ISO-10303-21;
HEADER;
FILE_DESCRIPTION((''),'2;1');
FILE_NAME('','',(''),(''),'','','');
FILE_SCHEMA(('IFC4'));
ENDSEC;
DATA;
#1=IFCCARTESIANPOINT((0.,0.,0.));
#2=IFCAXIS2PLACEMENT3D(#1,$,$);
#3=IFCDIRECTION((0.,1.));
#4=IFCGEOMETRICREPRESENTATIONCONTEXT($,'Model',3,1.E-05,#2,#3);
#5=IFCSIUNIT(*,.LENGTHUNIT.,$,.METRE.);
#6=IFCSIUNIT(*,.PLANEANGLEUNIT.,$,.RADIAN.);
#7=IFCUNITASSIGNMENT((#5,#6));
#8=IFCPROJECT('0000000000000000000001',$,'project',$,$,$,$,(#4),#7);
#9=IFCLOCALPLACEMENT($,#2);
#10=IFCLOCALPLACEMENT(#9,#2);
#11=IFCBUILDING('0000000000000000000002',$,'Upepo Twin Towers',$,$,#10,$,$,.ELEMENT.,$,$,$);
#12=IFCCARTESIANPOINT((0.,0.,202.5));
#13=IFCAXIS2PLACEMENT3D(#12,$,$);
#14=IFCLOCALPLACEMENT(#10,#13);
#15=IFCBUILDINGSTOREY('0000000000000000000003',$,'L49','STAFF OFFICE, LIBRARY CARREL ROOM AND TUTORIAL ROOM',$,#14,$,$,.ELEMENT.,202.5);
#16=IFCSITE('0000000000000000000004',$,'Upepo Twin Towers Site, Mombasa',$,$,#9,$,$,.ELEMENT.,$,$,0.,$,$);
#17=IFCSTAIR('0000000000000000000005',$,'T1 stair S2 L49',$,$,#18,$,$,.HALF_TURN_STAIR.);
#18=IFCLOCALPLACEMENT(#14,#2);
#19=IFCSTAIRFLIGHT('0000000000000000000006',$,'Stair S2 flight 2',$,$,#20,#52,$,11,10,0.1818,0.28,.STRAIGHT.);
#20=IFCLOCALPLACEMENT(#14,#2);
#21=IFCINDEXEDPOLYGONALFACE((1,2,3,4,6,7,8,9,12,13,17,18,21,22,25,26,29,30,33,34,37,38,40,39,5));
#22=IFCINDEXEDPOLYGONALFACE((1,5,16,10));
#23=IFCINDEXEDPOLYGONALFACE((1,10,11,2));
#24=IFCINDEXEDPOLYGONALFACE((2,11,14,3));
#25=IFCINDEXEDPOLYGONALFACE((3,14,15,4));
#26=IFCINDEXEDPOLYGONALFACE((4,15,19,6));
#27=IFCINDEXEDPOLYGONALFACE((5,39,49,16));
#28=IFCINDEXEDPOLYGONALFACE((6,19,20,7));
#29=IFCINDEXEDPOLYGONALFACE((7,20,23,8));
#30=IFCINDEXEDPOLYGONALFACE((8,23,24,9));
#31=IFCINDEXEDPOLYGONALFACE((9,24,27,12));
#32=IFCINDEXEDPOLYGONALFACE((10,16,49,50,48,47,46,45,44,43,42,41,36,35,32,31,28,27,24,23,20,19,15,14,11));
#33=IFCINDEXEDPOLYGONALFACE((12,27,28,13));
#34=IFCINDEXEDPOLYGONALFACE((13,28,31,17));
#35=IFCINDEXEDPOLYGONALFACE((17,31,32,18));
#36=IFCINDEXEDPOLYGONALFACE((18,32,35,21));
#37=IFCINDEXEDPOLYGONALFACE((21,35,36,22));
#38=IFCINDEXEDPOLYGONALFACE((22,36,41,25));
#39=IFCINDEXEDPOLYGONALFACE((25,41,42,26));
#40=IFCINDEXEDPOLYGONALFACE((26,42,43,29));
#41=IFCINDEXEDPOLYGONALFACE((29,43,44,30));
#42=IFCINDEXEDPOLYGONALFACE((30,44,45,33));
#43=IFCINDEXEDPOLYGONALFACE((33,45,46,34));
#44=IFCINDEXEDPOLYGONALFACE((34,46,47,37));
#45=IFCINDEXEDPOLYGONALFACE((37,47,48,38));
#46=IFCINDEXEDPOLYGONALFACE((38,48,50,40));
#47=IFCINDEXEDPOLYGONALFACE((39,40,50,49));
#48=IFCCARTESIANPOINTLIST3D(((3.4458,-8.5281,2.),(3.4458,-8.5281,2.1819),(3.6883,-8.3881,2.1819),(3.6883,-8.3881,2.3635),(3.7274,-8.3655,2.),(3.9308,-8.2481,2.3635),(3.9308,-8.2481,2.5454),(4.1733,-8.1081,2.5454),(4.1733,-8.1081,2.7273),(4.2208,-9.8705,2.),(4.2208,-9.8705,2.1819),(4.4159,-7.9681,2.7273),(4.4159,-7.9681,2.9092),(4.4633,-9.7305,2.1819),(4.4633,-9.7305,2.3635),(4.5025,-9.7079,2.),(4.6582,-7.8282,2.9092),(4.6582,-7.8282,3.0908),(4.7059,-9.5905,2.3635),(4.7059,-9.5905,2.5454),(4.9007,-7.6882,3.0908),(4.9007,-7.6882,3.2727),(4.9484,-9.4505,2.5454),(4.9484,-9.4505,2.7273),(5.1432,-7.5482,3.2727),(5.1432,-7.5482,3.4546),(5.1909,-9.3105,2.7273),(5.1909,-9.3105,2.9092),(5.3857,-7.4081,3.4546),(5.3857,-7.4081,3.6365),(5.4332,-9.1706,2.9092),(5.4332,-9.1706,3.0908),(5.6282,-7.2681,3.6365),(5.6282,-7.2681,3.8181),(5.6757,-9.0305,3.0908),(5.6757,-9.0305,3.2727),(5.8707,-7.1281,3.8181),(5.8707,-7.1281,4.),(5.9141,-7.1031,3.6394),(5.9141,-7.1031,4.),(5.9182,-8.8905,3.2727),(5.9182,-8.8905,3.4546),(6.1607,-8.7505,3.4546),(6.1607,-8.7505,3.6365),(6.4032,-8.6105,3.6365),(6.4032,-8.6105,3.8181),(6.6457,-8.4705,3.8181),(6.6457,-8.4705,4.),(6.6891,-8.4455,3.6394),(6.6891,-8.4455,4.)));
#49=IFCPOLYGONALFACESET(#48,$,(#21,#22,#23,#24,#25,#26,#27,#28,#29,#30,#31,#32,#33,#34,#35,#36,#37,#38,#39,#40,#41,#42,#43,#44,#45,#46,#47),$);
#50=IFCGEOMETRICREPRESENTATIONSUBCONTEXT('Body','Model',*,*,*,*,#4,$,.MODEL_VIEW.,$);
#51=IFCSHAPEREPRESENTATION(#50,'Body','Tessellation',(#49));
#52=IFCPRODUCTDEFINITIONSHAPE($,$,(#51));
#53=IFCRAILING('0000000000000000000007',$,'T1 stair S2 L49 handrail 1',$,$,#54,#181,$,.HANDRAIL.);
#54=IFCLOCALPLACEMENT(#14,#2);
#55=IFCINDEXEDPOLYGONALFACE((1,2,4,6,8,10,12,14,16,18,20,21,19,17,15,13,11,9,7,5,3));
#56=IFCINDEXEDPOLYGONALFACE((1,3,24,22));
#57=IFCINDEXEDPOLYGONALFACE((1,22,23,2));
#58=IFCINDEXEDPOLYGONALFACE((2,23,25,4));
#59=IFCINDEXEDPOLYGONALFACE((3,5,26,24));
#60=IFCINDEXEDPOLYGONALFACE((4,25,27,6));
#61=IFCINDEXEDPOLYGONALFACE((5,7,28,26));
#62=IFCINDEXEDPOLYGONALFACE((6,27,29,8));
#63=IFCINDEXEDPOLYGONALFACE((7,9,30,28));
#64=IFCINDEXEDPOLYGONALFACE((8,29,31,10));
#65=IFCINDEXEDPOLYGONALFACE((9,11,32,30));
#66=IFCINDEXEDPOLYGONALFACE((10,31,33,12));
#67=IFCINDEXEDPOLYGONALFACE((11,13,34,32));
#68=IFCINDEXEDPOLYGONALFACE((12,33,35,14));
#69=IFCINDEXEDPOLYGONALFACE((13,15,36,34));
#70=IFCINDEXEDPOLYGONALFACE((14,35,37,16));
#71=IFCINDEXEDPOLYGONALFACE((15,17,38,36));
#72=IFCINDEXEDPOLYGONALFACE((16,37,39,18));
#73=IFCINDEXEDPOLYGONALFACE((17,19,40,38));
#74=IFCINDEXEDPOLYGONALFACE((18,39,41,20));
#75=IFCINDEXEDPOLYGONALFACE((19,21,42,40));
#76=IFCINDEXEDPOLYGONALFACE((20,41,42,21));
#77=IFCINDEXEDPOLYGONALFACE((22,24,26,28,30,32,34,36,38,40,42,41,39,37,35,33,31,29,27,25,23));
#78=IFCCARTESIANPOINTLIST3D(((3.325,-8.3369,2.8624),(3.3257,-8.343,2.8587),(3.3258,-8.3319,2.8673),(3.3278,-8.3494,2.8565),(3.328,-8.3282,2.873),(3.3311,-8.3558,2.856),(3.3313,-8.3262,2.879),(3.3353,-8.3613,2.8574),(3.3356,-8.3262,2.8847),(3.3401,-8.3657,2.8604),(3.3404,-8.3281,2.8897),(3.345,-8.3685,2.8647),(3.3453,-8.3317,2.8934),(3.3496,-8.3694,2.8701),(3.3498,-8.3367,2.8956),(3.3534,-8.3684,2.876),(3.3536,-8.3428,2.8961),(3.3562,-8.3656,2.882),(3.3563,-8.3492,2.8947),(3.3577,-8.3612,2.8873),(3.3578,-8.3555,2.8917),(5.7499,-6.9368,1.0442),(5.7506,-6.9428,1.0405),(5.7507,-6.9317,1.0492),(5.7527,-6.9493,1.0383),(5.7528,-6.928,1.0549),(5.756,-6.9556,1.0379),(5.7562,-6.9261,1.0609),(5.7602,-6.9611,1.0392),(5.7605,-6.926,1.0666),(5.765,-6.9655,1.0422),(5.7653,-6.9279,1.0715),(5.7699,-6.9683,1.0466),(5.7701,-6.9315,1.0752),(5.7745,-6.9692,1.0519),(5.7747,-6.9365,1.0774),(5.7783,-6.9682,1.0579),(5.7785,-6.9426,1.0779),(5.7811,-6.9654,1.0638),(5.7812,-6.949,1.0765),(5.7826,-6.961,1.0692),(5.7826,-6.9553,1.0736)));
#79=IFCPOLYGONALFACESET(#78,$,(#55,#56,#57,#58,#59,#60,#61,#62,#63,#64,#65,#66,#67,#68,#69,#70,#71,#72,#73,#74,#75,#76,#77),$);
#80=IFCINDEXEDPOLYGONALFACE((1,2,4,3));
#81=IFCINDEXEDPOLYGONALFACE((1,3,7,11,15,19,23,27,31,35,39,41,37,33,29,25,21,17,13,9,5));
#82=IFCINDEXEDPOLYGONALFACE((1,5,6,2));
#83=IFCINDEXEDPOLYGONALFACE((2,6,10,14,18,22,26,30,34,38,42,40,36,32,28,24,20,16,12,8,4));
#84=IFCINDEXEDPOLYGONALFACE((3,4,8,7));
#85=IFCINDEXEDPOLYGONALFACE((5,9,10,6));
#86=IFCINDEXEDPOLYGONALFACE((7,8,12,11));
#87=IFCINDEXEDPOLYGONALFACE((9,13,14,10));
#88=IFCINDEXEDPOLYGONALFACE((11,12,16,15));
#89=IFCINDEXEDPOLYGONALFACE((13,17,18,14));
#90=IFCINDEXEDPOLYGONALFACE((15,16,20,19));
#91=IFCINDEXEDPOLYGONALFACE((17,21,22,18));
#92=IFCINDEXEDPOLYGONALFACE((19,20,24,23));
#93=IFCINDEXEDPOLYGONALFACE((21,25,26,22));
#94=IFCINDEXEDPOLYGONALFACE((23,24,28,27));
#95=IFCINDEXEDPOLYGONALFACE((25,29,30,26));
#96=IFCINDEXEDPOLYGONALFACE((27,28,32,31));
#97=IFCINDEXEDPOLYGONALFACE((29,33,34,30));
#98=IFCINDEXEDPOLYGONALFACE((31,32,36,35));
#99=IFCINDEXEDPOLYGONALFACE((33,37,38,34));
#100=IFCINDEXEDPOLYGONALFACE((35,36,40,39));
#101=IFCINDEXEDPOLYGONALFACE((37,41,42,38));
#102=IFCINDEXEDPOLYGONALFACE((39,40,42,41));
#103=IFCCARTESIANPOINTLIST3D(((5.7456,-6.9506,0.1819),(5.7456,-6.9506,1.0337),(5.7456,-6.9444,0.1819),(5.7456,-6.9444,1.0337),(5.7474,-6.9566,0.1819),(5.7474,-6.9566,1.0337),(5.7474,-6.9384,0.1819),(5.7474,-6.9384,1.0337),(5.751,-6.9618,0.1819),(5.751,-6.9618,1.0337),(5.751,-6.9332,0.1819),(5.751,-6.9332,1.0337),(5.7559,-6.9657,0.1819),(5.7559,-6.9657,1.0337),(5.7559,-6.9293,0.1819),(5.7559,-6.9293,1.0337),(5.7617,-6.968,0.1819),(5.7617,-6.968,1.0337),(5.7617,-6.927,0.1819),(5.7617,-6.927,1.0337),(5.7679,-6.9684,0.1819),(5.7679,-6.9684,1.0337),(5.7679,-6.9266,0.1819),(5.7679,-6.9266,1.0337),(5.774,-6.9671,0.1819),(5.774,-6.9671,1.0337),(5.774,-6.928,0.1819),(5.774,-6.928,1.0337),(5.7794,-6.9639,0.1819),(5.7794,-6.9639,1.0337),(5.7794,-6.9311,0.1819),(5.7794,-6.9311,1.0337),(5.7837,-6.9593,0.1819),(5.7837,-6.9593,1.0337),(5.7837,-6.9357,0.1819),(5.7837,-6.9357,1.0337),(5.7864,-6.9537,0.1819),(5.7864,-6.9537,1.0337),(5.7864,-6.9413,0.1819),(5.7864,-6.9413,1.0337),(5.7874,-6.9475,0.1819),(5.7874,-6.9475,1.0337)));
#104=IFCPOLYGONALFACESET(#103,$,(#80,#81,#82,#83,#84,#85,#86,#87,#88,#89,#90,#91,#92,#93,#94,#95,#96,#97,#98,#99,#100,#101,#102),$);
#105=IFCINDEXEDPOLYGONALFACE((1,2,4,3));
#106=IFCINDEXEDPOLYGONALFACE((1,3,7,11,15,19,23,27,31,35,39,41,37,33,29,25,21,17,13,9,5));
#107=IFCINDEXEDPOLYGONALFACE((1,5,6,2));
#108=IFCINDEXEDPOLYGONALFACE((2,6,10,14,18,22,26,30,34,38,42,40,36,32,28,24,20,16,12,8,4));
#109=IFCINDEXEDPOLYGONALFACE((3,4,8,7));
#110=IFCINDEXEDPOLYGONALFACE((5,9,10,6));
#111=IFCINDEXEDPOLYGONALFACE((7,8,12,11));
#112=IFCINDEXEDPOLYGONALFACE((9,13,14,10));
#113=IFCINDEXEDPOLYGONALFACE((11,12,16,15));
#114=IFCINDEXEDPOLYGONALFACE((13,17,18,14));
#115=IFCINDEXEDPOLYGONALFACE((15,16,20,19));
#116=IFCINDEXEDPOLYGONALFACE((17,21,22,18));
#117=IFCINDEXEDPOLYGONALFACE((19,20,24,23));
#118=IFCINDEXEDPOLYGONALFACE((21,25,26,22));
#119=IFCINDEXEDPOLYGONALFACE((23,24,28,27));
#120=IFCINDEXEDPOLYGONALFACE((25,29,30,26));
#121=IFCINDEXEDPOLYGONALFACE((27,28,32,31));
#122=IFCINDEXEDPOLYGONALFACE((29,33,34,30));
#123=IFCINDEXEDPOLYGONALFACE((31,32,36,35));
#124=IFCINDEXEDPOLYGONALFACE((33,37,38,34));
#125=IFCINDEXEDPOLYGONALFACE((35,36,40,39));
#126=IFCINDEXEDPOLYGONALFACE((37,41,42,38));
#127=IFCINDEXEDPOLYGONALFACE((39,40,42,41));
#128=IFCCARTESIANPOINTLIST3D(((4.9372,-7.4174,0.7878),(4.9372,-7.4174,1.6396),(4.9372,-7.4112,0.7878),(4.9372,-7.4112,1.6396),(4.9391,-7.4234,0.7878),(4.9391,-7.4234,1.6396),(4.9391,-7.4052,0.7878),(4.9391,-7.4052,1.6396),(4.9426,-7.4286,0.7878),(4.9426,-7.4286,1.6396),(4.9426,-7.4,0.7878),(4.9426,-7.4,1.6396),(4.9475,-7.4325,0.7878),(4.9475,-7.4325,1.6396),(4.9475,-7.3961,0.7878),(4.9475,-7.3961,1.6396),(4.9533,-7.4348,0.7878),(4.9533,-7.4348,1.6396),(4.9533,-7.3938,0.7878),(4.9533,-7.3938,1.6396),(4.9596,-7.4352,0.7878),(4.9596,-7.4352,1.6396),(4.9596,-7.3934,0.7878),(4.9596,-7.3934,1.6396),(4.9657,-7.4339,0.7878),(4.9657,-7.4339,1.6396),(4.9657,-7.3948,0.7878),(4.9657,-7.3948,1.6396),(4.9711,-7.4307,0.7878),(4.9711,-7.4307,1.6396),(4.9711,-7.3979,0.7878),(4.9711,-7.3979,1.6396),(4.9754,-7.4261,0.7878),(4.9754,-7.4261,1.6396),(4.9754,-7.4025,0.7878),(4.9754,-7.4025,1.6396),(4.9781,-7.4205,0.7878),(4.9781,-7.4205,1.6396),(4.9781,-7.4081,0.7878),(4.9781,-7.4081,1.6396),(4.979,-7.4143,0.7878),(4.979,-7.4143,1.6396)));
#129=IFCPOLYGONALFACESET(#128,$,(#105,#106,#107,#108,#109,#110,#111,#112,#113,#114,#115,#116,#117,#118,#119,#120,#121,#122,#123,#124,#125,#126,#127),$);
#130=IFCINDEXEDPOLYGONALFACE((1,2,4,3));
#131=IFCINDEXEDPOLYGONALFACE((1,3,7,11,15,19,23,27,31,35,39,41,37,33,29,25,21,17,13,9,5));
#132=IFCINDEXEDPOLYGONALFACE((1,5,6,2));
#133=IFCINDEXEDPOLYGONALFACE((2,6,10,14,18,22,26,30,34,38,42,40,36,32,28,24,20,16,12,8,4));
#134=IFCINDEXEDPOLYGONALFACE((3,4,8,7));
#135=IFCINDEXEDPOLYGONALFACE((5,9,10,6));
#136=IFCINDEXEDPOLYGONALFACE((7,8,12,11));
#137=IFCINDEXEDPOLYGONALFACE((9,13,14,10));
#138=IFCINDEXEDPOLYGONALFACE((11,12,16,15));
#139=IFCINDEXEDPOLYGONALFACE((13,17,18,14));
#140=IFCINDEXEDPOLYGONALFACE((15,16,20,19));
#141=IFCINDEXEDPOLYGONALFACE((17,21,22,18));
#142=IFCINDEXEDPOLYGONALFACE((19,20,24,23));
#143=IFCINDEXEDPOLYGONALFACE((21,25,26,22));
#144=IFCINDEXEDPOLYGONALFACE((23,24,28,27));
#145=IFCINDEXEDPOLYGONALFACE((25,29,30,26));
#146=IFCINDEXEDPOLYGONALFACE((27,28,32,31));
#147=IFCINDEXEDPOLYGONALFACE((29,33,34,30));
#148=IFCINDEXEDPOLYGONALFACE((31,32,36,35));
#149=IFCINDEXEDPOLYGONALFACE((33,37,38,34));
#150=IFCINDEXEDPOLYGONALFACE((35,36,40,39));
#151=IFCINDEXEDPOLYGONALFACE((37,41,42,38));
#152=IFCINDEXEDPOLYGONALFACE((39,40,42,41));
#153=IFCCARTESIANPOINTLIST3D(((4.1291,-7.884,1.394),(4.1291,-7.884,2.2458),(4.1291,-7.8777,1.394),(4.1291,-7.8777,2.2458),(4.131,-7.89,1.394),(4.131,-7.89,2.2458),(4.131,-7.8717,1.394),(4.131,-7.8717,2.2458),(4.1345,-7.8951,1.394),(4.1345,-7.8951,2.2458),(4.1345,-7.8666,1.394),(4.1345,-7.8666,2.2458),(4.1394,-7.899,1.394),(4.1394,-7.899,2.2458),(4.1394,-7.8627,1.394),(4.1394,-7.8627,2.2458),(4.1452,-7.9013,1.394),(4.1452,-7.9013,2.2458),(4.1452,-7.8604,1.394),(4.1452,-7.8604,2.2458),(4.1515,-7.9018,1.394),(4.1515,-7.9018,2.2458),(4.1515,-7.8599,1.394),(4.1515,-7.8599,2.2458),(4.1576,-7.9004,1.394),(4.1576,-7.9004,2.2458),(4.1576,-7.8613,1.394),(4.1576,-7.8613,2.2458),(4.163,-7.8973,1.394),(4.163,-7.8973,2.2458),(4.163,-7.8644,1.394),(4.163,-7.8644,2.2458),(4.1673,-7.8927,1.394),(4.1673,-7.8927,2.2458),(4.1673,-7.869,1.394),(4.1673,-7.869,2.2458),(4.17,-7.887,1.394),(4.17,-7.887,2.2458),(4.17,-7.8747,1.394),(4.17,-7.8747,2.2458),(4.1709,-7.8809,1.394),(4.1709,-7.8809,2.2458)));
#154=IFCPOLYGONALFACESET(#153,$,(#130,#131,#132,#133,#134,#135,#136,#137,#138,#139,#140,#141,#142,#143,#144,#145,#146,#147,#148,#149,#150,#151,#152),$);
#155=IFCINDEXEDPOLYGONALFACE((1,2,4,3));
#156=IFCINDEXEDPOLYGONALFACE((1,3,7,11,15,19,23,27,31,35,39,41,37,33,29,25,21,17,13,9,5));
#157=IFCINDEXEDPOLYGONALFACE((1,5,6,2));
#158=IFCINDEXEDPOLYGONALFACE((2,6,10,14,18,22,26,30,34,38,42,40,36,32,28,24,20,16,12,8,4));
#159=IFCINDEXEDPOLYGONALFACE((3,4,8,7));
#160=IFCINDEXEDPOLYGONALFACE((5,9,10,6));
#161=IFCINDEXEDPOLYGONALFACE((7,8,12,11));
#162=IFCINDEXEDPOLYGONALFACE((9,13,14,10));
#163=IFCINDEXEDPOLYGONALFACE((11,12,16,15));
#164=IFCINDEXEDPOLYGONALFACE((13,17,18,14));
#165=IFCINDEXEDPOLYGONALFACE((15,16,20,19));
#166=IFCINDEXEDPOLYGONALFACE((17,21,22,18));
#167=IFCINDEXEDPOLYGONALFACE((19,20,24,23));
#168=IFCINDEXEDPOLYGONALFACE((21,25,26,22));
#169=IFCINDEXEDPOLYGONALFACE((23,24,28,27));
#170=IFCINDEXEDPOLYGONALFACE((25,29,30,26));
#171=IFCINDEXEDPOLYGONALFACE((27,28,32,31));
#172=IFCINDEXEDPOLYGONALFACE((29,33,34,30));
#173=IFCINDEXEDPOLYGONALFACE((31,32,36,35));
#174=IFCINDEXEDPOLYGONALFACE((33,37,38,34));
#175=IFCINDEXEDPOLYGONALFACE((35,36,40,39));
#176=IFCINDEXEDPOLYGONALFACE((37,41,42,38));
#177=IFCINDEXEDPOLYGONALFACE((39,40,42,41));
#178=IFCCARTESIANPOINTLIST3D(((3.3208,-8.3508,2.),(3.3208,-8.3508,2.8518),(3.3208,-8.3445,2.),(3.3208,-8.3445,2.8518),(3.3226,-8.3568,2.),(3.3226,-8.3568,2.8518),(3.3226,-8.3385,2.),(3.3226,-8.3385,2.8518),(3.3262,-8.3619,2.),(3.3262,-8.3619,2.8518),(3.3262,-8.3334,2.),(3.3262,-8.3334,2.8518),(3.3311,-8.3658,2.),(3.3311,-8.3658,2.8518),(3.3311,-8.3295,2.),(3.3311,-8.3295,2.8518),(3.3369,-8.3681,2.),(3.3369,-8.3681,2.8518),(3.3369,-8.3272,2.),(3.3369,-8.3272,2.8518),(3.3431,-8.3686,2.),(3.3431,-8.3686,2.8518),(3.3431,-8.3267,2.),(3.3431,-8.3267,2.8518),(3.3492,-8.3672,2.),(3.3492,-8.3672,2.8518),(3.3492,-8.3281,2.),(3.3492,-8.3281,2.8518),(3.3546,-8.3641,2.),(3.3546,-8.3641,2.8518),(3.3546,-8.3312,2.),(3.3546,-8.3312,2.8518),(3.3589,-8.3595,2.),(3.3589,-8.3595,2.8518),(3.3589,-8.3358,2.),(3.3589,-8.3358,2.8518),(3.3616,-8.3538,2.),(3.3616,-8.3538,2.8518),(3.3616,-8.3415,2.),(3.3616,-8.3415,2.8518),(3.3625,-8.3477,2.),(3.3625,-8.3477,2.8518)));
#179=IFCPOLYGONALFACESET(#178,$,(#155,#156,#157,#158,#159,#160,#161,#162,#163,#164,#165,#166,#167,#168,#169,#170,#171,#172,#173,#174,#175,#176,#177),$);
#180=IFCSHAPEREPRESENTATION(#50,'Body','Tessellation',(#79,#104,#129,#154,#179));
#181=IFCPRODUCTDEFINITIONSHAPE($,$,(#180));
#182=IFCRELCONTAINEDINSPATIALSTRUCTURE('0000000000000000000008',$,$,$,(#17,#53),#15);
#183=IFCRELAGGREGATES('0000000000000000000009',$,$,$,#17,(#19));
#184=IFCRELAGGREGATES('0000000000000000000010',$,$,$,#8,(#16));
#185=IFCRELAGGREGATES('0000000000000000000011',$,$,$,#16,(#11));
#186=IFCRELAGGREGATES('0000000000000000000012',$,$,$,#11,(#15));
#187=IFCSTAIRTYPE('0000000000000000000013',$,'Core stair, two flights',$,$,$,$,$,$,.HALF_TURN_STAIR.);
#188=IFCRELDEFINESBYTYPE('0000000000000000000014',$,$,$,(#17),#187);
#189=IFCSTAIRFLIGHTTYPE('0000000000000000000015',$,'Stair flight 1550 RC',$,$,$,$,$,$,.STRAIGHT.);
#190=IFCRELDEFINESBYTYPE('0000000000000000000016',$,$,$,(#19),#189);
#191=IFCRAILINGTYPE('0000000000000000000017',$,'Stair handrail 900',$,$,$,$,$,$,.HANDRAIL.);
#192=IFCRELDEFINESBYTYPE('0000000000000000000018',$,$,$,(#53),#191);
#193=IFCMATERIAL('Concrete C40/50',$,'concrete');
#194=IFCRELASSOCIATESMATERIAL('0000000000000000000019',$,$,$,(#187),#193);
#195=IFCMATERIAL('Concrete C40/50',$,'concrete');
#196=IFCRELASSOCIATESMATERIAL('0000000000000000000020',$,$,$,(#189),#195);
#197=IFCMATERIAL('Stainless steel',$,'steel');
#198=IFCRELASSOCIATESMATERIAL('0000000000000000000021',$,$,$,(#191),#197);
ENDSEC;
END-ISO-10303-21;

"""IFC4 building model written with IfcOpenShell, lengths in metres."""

from ifc_helpers import new_model, si_unit, direction, frame, origin, origin_2d, place, context, subcontext, project, spatial, polyline, circle, outline, extrude, material, type_object, element, aggregate, save


model = new_model("IFC4")

# Units and contexts
model_context = context("Model", 3, precision=1e-05, world=origin(), true_north=direction((0.0, 1.0)))
body_context = subcontext(model_context, "Body", "Model", "MODEL_VIEW")
ifc_project = project(units=[si_unit("LENGTHUNIT", "METRE"), si_unit("PLANEANGLEUNIT", "RADIAN")], contexts=[model_context])

# Site, building, storey
site_placement = place(None, origin())
site = spatial("IfcSite", under=ifc_project, at=site_placement, Name="Upepo Twin Towers Site, Mombasa", CompositionType="ELEMENT", RefElevation=0.0)
building_placement = place(site_placement, origin())
building = spatial("IfcBuilding", under=site, at=building_placement, Name="Upepo Twin Towers", CompositionType="ELEMENT")
storey_placement = place(building_placement, frame((0.0, 0.0, 202.5)))
storey = spatial("IfcBuildingStorey", under=building, at=storey_placement, Name="L49", Description="STAFF OFFICE, LIBRARY CARREL ROOM AND TUTORIAL ROOM", CompositionType="ELEMENT", Elevation=202.5)

# Stair
ifc_material_1 = material(Name="Concrete C40/50", Category="concrete")
stair_type = type_object("IfcStairType", Name="Core stair, two flights", PredefinedType="HALF_TURN_STAIR", material=ifc_material_1)
stair_placement = place(storey_placement, origin())
stair = element("IfcStair", 1, at=stair_placement, inside=storey, type_object=stair_type, Name="T1 stair S2 L49", PredefinedType="HALF_TURN_STAIR")

# Stair flight
ifc_material_2 = material(Name="Concrete C40/50", Category="concrete")
stair_flight_type = type_object("IfcStairFlightType", Name="Stair flight 1550 RC", PredefinedType="STRAIGHT", material=ifc_material_2)
stair_flight_1_placement = place(storey_placement, frame((3.8333, -9.1992, 2.0), z_axis=(0.0, 0.0, 1.0), x_axis=(0.866025, 0.5, 0.0)))
stair_flight_1 = element("IfcStairFlight", 2, at=stair_flight_1_placement, type_object=stair_flight_type, Name="Stair S2 flight 2", NumberOfRisers=11, NumberOfTreads=10, PredefinedType="STRAIGHT", RiserHeight=0.1818, TreadLength=0.28, context=body_context, shape_type="SweptSolid", body=[
    extrude(outline(polyline([(0.0, 0.0), (0.0, 0.1819), (0.28, 0.1819), (0.28, 0.3635), (0.5601, 0.3635), (0.5601, 0.5454), (0.8401, 0.5454), (0.8401, 0.7273), (1.1201, 0.7273), (1.1201, 0.9092), (1.3999, 0.9092), (1.3999, 1.0908), (1.6799, 1.0908), (1.6799, 1.2727), (1.96, 1.2727), (1.96, 1.4546), (2.24, 1.4546), (2.24, 1.6365), (2.52, 1.6365), (2.52, 1.8181), (2.8, 1.8181), (2.8, 2.0), (2.8501, 2.0), (2.8501, 1.6394), (0.3252, 0.0), (0.0, 0.0)])), frame((0.0, 0.7749, 0.0), z_axis=(0.0, -1.0, 0.0), x_axis=(1.0, 0.0, 0.0)), (0.0, 0.0, 1.0), 1.55),
])
aggregate(stair, [stair_flight_1])

# Railing
ifc_material_3 = material(Name="Stainless steel", Category="steel")
railing_type = type_object("IfcRailingType", Name="Stair handrail 900", PredefinedType="HANDRAIL", material=ifc_material_3)
railing_1_placement = place(storey_placement, frame((5.7664, -6.9475, 0.1819)))
element("IfcRailing", 3, at=railing_1_placement, inside=storey, type_object=railing_type, Name="T1 stair S2 L49 handrail 1", PredefinedType="HANDRAIL", context=body_context, shape_type="SweptSolid", body=[
    extrude(circle(Radius=0.0239, at=origin_2d()), frame((0.0, 0.0, 0.876), z_axis=(-0.726314, -0.419393, 0.544589), x_axis=(0.50005, -0.865997, 0.0)), (0.0, 0.0, 1.0), 3.3386),
    extrude(circle(Radius=0.021, at=origin_2d()), origin(), (0.0, 0.0, 1.0), 0.8518),
    extrude(circle(Radius=0.021, at=origin_2d()), frame((-0.8083, -0.4668, 0.606)), (0.0, 0.0, 1.0), 0.8518),
    extrude(circle(Radius=0.021, at=origin_2d()), frame((-1.6165, -0.9333, 1.2122)), (0.0, 0.0, 1.0), 0.8518),
    extrude(circle(Radius=0.021, at=origin_2d()), frame((-2.4248, -1.4001, 1.8181)), (0.0, 0.0, 1.0), 0.8518),
])

save(model, "model.ifc")
